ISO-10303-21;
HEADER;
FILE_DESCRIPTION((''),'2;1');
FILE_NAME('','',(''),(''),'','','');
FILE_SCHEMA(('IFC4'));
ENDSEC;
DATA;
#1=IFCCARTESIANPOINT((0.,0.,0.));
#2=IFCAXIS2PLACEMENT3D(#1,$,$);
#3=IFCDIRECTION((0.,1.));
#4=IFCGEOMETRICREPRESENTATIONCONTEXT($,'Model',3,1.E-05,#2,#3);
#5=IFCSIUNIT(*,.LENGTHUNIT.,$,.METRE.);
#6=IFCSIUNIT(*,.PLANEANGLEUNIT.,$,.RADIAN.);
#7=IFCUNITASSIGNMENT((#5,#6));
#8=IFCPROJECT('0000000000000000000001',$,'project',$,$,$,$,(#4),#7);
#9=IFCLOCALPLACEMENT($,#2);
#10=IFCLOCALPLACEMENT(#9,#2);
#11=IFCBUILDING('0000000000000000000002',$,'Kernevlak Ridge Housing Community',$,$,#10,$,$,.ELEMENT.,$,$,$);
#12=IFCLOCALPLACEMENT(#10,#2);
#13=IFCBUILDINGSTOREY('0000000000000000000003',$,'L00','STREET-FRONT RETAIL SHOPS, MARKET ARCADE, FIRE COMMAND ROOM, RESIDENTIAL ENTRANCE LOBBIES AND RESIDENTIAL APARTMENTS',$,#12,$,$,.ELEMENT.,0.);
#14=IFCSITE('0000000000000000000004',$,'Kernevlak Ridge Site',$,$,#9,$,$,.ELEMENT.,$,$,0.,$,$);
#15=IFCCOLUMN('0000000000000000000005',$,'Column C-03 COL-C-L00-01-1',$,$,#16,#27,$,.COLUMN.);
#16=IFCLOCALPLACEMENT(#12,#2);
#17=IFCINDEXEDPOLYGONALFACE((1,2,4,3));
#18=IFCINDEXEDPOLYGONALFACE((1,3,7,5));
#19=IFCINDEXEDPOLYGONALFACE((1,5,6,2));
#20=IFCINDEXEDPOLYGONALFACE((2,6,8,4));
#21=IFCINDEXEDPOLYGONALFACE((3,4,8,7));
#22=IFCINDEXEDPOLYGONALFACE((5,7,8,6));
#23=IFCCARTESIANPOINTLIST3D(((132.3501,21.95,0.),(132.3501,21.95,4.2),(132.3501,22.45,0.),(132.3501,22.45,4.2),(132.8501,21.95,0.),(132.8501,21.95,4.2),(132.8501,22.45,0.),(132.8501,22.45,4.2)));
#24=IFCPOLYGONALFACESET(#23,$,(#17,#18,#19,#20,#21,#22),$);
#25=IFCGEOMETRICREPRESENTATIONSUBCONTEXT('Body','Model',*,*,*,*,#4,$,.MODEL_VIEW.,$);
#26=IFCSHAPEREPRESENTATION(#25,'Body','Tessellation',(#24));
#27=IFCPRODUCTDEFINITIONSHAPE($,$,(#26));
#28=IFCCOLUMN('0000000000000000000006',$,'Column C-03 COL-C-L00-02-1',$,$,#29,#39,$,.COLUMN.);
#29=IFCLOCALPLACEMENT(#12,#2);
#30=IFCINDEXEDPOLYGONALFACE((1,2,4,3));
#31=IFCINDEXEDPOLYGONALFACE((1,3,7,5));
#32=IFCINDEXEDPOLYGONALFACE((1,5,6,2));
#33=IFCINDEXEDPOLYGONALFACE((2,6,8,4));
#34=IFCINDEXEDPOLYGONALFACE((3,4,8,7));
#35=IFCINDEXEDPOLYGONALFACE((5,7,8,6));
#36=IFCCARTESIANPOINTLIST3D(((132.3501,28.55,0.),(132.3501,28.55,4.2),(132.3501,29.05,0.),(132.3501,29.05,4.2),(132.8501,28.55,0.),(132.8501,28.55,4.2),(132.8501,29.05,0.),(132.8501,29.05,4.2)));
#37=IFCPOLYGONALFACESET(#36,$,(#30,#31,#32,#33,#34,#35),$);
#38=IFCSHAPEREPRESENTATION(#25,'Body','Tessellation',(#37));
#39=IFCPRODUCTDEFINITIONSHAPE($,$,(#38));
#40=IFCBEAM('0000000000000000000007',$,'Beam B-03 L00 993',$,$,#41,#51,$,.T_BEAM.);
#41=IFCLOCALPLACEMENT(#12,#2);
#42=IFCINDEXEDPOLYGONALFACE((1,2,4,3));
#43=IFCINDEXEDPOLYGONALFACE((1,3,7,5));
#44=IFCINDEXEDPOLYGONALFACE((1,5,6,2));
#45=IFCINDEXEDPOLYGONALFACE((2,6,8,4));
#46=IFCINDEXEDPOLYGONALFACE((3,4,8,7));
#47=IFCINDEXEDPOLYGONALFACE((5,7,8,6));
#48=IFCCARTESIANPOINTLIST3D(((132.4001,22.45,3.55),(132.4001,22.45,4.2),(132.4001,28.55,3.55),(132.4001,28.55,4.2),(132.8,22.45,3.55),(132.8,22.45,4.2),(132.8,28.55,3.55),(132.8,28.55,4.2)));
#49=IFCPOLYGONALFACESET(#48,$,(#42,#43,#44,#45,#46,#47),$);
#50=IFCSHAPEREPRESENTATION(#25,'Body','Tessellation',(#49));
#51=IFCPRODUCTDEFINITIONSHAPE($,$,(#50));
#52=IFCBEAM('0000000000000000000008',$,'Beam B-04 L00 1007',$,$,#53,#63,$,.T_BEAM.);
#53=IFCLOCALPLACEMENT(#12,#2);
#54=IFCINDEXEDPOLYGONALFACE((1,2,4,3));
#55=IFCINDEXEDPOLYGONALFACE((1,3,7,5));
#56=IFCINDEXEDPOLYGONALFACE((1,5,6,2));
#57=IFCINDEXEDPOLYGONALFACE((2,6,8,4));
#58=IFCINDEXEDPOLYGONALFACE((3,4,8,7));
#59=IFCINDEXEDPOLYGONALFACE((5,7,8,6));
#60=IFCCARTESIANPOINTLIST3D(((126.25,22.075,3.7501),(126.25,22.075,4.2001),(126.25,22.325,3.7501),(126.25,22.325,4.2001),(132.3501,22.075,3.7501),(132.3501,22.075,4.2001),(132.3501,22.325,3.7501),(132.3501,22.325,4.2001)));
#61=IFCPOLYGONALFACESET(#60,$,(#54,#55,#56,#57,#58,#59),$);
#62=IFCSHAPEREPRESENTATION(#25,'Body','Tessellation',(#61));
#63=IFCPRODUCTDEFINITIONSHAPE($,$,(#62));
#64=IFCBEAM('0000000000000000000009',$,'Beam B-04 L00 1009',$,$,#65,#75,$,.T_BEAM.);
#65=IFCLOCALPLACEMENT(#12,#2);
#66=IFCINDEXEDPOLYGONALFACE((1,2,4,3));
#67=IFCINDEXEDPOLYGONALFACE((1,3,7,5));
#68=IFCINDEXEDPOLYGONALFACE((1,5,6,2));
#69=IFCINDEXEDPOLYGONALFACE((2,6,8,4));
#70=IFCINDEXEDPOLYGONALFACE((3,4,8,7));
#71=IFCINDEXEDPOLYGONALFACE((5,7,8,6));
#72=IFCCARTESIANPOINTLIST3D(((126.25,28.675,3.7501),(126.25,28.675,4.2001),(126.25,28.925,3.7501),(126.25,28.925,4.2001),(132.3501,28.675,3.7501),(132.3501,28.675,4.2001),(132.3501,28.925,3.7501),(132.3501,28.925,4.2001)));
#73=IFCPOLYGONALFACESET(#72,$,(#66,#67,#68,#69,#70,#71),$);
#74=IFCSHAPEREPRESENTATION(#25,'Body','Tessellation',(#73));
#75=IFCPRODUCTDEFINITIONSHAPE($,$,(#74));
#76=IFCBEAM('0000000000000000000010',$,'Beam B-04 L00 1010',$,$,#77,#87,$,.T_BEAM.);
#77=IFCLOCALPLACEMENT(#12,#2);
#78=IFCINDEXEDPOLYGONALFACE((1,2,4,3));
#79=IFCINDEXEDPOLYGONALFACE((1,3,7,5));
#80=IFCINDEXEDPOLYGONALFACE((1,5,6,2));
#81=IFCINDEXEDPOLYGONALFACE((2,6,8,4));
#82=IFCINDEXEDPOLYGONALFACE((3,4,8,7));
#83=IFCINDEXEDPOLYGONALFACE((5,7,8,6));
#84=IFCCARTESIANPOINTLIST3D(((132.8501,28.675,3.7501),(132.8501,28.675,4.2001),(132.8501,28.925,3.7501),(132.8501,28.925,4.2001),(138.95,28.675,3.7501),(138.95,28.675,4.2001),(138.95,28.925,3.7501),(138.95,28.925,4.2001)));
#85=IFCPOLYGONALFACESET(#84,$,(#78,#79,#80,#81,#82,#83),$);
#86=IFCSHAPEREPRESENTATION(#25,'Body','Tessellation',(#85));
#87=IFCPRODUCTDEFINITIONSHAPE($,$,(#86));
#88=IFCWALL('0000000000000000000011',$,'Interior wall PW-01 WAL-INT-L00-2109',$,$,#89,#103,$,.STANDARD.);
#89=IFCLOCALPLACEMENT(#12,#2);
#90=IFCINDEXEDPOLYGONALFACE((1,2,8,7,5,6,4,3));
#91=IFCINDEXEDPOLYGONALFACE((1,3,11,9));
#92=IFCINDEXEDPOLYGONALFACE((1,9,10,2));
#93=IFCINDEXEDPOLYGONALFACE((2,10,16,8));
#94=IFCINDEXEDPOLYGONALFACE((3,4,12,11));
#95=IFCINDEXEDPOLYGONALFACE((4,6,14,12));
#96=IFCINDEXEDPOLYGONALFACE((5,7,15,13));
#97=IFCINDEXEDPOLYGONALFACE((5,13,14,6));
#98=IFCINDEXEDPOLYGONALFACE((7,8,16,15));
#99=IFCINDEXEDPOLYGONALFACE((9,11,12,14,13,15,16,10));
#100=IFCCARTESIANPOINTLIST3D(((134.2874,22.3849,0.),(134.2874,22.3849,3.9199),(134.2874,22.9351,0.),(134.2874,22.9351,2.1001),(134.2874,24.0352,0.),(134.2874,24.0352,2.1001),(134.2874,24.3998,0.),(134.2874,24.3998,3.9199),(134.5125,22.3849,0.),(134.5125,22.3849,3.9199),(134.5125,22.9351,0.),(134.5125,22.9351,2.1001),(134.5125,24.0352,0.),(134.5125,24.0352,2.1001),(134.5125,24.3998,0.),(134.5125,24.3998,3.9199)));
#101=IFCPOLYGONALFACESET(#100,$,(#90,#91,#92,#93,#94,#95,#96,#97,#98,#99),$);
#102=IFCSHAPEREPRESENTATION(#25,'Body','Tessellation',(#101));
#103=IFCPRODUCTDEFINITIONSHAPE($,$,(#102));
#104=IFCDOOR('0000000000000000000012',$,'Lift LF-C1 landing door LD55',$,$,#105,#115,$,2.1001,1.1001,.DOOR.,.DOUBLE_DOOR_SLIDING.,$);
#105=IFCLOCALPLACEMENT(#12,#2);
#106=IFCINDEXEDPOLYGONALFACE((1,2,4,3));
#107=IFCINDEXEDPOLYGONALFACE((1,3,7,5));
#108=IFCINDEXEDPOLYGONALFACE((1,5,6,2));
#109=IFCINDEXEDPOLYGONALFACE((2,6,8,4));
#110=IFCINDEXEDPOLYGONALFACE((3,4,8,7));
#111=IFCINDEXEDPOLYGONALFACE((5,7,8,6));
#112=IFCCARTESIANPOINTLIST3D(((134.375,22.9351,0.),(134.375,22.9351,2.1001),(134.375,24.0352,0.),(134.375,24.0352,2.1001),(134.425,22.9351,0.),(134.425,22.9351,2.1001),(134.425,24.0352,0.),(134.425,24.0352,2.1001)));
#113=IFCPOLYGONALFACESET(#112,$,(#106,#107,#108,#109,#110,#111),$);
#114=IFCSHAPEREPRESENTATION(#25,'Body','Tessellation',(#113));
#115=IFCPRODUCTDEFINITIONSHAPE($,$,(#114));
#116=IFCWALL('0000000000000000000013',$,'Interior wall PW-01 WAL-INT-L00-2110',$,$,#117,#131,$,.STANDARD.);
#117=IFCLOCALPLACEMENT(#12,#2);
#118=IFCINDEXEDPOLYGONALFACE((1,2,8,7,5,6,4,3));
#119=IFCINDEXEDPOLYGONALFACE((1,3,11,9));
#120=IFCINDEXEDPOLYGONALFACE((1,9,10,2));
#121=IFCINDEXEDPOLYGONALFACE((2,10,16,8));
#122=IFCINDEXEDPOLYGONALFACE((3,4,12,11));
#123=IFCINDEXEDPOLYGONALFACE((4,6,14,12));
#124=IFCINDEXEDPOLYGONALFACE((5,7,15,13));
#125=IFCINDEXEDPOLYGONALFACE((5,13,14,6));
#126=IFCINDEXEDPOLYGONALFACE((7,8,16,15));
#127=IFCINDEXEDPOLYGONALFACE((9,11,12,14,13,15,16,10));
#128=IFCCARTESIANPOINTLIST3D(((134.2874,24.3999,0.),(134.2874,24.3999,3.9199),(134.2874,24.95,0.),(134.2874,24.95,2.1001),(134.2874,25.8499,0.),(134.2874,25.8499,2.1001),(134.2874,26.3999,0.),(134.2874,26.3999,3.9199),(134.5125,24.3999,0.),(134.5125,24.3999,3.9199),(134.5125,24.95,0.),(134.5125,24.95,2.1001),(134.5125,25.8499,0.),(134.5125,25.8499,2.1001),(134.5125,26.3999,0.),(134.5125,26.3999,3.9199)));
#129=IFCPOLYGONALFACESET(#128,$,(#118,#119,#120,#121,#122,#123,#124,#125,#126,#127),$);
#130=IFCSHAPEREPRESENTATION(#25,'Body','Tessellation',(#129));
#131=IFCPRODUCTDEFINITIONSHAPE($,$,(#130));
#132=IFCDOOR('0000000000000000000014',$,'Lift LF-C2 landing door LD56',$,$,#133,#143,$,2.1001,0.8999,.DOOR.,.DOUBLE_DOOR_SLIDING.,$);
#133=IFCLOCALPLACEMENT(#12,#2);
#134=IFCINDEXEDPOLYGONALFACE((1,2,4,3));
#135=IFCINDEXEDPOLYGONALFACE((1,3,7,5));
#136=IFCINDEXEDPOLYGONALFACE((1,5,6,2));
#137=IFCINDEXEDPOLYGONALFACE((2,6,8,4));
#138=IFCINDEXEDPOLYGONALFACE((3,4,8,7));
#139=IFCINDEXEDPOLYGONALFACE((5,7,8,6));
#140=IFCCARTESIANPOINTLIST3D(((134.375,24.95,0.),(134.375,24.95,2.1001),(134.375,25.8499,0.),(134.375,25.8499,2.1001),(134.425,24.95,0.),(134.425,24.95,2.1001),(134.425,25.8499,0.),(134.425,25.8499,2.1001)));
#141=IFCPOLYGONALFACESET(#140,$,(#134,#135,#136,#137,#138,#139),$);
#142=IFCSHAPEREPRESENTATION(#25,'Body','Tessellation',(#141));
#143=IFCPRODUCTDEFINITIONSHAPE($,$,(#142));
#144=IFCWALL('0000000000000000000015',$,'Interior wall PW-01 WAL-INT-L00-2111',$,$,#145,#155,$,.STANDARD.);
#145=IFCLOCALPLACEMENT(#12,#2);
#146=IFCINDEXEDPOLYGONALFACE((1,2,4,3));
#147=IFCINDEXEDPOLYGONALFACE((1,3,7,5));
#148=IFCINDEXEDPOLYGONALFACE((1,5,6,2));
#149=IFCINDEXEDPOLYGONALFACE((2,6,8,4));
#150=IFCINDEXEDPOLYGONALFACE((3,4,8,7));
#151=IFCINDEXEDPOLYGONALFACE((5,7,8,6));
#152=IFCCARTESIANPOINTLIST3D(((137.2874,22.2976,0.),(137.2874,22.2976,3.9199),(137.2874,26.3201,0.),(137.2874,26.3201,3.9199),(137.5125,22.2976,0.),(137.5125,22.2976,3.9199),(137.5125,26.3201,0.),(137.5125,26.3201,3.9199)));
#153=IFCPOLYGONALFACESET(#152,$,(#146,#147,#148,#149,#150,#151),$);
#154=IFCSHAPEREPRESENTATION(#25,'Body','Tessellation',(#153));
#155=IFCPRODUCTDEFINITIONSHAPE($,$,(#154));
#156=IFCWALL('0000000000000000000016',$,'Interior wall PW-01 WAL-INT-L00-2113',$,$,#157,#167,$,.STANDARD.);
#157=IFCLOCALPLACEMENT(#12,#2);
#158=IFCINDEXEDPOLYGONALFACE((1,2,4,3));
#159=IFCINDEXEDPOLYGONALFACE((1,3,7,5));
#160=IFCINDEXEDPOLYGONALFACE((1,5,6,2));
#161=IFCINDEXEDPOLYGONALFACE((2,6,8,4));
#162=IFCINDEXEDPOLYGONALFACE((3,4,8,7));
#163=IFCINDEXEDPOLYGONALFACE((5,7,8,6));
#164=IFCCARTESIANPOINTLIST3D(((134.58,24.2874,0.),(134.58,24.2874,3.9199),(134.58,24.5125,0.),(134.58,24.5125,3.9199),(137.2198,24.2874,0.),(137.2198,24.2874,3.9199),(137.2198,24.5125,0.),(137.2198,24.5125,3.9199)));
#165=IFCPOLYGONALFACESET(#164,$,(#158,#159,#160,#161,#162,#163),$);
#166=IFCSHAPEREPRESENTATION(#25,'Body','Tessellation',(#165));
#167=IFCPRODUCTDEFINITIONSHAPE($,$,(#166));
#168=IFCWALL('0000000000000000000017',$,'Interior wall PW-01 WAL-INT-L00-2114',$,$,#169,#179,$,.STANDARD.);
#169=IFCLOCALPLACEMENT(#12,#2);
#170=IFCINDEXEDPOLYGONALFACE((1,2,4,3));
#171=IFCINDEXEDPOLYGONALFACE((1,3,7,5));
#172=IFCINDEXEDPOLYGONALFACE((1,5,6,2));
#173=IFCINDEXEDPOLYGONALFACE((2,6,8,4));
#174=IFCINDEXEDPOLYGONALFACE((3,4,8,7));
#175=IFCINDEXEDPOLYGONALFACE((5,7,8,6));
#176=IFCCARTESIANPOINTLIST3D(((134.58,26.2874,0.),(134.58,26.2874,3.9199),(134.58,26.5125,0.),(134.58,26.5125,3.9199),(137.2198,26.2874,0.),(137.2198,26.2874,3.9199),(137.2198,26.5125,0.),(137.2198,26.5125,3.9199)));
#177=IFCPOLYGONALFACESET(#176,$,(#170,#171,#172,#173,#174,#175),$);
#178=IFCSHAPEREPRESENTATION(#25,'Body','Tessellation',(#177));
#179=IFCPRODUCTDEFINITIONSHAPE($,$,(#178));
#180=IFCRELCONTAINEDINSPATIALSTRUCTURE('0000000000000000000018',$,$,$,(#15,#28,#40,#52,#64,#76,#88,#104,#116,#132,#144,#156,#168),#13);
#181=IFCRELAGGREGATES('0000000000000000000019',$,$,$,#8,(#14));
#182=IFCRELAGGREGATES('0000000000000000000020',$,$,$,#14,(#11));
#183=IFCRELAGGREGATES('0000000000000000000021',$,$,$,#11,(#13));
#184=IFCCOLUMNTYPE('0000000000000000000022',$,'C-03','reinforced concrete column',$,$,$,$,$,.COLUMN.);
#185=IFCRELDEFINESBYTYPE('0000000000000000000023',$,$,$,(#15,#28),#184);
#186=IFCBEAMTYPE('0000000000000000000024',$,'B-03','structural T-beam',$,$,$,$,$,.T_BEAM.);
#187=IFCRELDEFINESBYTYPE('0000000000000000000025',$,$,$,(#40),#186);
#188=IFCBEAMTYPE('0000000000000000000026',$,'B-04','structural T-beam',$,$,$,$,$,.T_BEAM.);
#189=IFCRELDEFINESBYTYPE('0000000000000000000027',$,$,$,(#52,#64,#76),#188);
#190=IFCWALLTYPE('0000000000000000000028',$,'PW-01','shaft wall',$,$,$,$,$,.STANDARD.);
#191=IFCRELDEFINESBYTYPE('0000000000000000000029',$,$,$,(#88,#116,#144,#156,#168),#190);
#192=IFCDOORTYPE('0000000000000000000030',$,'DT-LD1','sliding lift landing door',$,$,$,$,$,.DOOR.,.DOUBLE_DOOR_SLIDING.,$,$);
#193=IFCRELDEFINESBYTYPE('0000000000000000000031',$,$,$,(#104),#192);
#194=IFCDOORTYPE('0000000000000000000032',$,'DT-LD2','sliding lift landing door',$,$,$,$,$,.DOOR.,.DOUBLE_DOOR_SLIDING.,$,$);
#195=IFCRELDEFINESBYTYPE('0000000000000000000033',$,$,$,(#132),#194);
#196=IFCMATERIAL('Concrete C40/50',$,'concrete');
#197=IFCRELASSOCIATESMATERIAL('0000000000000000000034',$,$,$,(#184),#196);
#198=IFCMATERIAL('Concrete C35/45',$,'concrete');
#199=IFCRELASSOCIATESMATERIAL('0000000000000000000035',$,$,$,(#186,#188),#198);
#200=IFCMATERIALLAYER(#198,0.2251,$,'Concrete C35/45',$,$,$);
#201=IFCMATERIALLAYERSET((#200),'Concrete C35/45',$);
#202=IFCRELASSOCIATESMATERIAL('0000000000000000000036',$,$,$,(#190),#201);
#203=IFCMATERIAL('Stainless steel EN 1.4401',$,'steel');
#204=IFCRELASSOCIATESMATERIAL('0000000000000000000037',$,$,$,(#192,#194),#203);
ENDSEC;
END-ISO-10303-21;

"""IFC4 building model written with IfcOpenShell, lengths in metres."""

from ifc_helpers import new_model, si_unit, direction, frame, frame_2d, origin, origin_2d, place, context, subcontext, project, spatial, rectangle, extrude, material, layer, layer_set, material_profile, profile_set, type_object, element, fill, save


model = new_model("IFC4")

# Units and contexts
model_context = context("Model", 3, precision=1e-05, world=origin(), true_north=direction((0.0, 1.0)))
body_context = subcontext(model_context, "Body", "Model", "MODEL_VIEW")
ifc_project = project(units=[si_unit("LENGTHUNIT", "METRE"), si_unit("PLANEANGLEUNIT", "RADIAN")], contexts=[model_context])

# Site, building, storey
site_placement = place(None, origin())
site = spatial("IfcSite", under=ifc_project, at=site_placement, Name="Kernevlak Ridge Site", CompositionType="ELEMENT", RefElevation=0.0)
building_placement = place(site_placement, origin())
building = spatial("IfcBuilding", under=site, at=building_placement, Name="Kernevlak Ridge Housing Community", CompositionType="ELEMENT")
storey_placement = place(building_placement, origin())
storey = spatial("IfcBuildingStorey", under=building, at=storey_placement, Name="L00", Description="STREET-FRONT RETAIL SHOPS, MARKET ARCADE, FIRE COMMAND ROOM, RESIDENTIAL ENTRANCE LOBBIES AND RESIDENTIAL APARTMENTS", CompositionType="ELEMENT", Elevation=0.0)

# Columns
ifc_material_1 = material(Name="Concrete C40/50", Category="concrete")
ifc_material_profile_1 = material_profile(ifc_material_1, rectangle(XDim=0.5, YDim=0.5, at=origin_2d()), Name="RC 500x500")
ifc_profile_set_1 = profile_set([ifc_material_profile_1], Name="Concrete C40/50")
column_type = type_object("IfcColumnType", Name="C-03", Description="reinforced concrete column", PredefinedType="COLUMN", material=ifc_profile_set_1)
for number, where, z_axis, x_axis, name in (
    (1, (132.6001, 22.2, 0.0), (0.0, 0.0, 1.0), (1.0, 0.0, 0.0), "Column C-03 COL-C-L00-01-1"),
    (2, (132.6001, 28.8, 0.0), (0.0, 0.0, 1.0), (1.0, 0.0, 0.0), "Column C-03 COL-C-L00-02-1"),
):
    element("IfcColumn", number, at=place(storey_placement, frame(where, z_axis=z_axis, x_axis=x_axis)), inside=storey, type_object=column_type, Name=name, PredefinedType="COLUMN", context=body_context, shape_type="SweptSolid", body=[
        extrude(rectangle(XDim=0.5, YDim=0.5, at=origin_2d()), origin(), (0.0, 0.0, 1.0), 4.2),
    ])

# Beams
ifc_material_2 = material(Name="Concrete C35/45", Category="concrete")
ifc_material_profile_2 = material_profile(ifc_material_2, rectangle(XDim=0.3999, YDim=0.6499, at=origin_2d()), Name="RC 400x650")
ifc_profile_set_2 = profile_set([ifc_material_profile_2], Name="Concrete C35/45")
beam_type_1 = type_object("IfcBeamType", Name="B-03", Description="structural T-beam", PredefinedType="T_BEAM", material=ifc_profile_set_2)
beam_1_placement = place(storey_placement, frame((132.6001, 22.45, 3.875), z_axis=(0.0, 1.0, 0.0), x_axis=(-1.0, 0.0, 0.0)))
element("IfcBeam", 3, at=beam_1_placement, inside=storey, type_object=beam_type_1, Name="Beam B-03 L00 993", PredefinedType="T_BEAM", context=body_context, shape_type="SweptSolid", body=[
    extrude(rectangle(XDim=0.3999, YDim=0.6499, at=origin_2d()), origin(), (0.0, 0.0, 1.0), 6.1001),
])
ifc_material_profile_3 = material_profile(ifc_material_2, rectangle(XDim=0.25, YDim=0.45, at=origin_2d()), Name="RC 250x450")
ifc_profile_set_3 = profile_set([ifc_material_profile_3], Name="Concrete C35/45")
beam_type_2 = type_object("IfcBeamType", Name="B-04", Description="structural T-beam", PredefinedType="T_BEAM", material=ifc_profile_set_3)
for number, where, z_axis, x_axis, name in (
    (4, (126.25, 22.2, 3.9751), (1.0, 0.0, 0.0), (0.0, 1.0, 0.0), "Beam B-04 L00 1007"),
    (5, (126.25, 28.8, 3.9751), (1.0, 0.0, 0.0), (0.0, 1.0, 0.0), "Beam B-04 L00 1009"),
):
    element("IfcBeam", number, at=place(storey_placement, frame(where, z_axis=z_axis, x_axis=x_axis)), inside=storey, type_object=beam_type_2, Name=name, PredefinedType="T_BEAM", context=body_context, shape_type="SweptSolid", body=[
        extrude(rectangle(XDim=0.25, YDim=0.45, at=origin_2d()), origin(), (0.0, 0.0, 1.0), 6.1001),
    ])
beam_2_placement = place(storey_placement, frame((132.8501, 28.8, 3.9751), z_axis=(1.0, 0.0, 0.0), x_axis=(0.0, 1.0, 0.0)))
element("IfcBeam", 6, at=beam_2_placement, inside=storey, type_object=beam_type_2, Name="Beam B-04 L00 1010", PredefinedType="T_BEAM", context=body_context, shape_type="SweptSolid", body=[
    extrude(rectangle(XDim=0.25, YDim=0.45, at=origin_2d()), origin(), (0.0, 0.0, 1.0), 6.0999),
])

# Walls, openings, doors
ifc_layer_1 = layer(ifc_material_2, 0.2251, Name="Concrete C35/45")
ifc_layer_set_1 = layer_set([ifc_layer_1], Name="Concrete C35/45")
wall_type_1 = type_object("IfcWallType", Name="PW-01", Description="shaft wall", PredefinedType="STANDARD", material=ifc_layer_set_1)
wall_1_placement = place(storey_placement, frame((134.3999, 22.385, 0.0), z_axis=(0.0, 0.0, 1.0), x_axis=(0.0, 1.0, 0.0)))
wall_1 = element("IfcWall", 7, at=wall_1_placement, inside=storey, type_object=wall_type_1, Name="Interior wall PW-01 WAL-INT-L00-2109", PredefinedType="STANDARD", context=body_context, shape_type="SweptSolid", body=[
    extrude(rectangle(XDim=2.0149, YDim=0.2251, at=frame_2d((1.0073, 0.0))), origin(), (0.0, 0.0, 1.0), 3.9199),
])
opening_1_placement = place(wall_1_placement, frame((0.55, 0.0, 0.0)))
opening_1 = element("IfcOpeningElement", 8, at=opening_1_placement, cuts=wall_1, PredefinedType="OPENING", context=body_context, shape_type="SweptSolid", body=[
    extrude(rectangle(XDim=1.1001, YDim=2.1001, at=frame_2d((0.55, 1.05))), frame((0.0, 0.1226, 0.0), z_axis=(0.0, -1.0, 0.0), x_axis=(1.0, 0.0, 0.0)), (0.0, 0.0, 1.0), 0.2451),
])
ifc_material_3 = material(Name="Stainless steel EN 1.4401", Category="steel")
door_type_1 = type_object("IfcDoorType", Name="DT-LD1", Description="sliding lift landing door", OperationType="DOUBLE_DOOR_SLIDING", PredefinedType="DOOR", material=ifc_material_3)
door_1_placement = place(opening_1_placement, origin())
door_1 = element("IfcDoor", 9, at=door_1_placement, inside=storey, type_object=door_type_1, Name="Lift LF-C1 landing door LD55", OperationType="DOUBLE_DOOR_SLIDING", OverallHeight=2.1001, OverallWidth=1.1001, PredefinedType="DOOR", context=body_context, shape_type="SweptSolid", body=[
    extrude(rectangle(XDim=1.1001, YDim=2.1001, at=frame_2d((0.55, 1.05))), frame((0.0, 0.0249, 0.0), z_axis=(0.0, -1.0, 0.0), x_axis=(1.0, 0.0, 0.0)), (0.0, 0.0, 1.0), 0.05),
])
fill(opening_1, door_1)
wall_2_placement = place(storey_placement, frame((134.3999, 24.3999, 0.0), z_axis=(0.0, 0.0, 1.0), x_axis=(0.0, 1.0, 0.0)))
wall_2 = element("IfcWall", 10, at=wall_2_placement, inside=storey, type_object=wall_type_1, Name="Interior wall PW-01 WAL-INT-L00-2110", PredefinedType="STANDARD", context=body_context, shape_type="SweptSolid", body=[
    extrude(rectangle(XDim=2.0, YDim=0.2251, at=frame_2d((1.0, 0.0))), origin(), (0.0, 0.0, 1.0), 3.9199),
])
opening_2_placement = place(wall_2_placement, frame((0.55, 0.0, 0.0)))
opening_2 = element("IfcOpeningElement", 11, at=opening_2_placement, cuts=wall_2, PredefinedType="OPENING", context=body_context, shape_type="SweptSolid", body=[
    extrude(rectangle(XDim=0.8999, YDim=2.1001, at=frame_2d((0.45, 1.05))), frame((0.0, 0.1226, 0.0), z_axis=(0.0, -1.0, 0.0), x_axis=(1.0, 0.0, 0.0)), (0.0, 0.0, 1.0), 0.2451),
])
door_type_2 = type_object("IfcDoorType", Name="DT-LD2", Description="sliding lift landing door", OperationType="DOUBLE_DOOR_SLIDING", PredefinedType="DOOR", material=ifc_material_3)
door_2_placement = place(opening_2_placement, origin())
door_2 = element("IfcDoor", 12, at=door_2_placement, inside=storey, type_object=door_type_2, Name="Lift LF-C2 landing door LD56", OperationType="DOUBLE_DOOR_SLIDING", OverallHeight=2.1001, OverallWidth=0.8999, PredefinedType="DOOR", context=body_context, shape_type="SweptSolid", body=[
    extrude(rectangle(XDim=0.8999, YDim=2.1001, at=frame_2d((0.45, 1.05))), frame((0.0, 0.0249, 0.0), z_axis=(0.0, -1.0, 0.0), x_axis=(1.0, 0.0, 0.0)), (0.0, 0.0, 1.0), 0.05),
])
fill(opening_2, door_2)

# Walls
wall_3_placement = place(storey_placement, frame((137.3999, 22.2976, 0.0), z_axis=(0.0, 0.0, 1.0), x_axis=(0.0, 1.0, 0.0)))
element("IfcWall", 13, at=wall_3_placement, inside=storey, type_object=wall_type_1, Name="Interior wall PW-01 WAL-INT-L00-2111", PredefinedType="STANDARD", context=body_context, shape_type="SweptSolid", body=[
    extrude(rectangle(XDim=4.0225, YDim=0.2251, at=frame_2d((2.0112, 0.0))), origin(), (0.0, 0.0, 1.0), 3.9199),
])
for number, where, z_axis, x_axis, name in (
    (14, (134.5801, 24.3999, 0.0), (0.0, 0.0, 1.0), (1.0, 0.0, 0.0), "Interior wall PW-01 WAL-INT-L00-2113"),
    (15, (134.5801, 26.3999, 0.0), (0.0, 0.0, 1.0), (1.0, 0.0, 0.0), "Interior wall PW-01 WAL-INT-L00-2114"),
):
    element("IfcWall", number, at=place(storey_placement, frame(where, z_axis=z_axis, x_axis=x_axis)), inside=storey, type_object=wall_type_1, Name=name, PredefinedType="STANDARD", context=body_context, shape_type="SweptSolid", body=[
        extrude(rectangle(XDim=2.6399, YDim=0.2251, at=frame_2d((1.3198, 0.0))), origin(), (0.0, 0.0, 1.0), 3.9199),
    ])

save(model, "model.ifc")
